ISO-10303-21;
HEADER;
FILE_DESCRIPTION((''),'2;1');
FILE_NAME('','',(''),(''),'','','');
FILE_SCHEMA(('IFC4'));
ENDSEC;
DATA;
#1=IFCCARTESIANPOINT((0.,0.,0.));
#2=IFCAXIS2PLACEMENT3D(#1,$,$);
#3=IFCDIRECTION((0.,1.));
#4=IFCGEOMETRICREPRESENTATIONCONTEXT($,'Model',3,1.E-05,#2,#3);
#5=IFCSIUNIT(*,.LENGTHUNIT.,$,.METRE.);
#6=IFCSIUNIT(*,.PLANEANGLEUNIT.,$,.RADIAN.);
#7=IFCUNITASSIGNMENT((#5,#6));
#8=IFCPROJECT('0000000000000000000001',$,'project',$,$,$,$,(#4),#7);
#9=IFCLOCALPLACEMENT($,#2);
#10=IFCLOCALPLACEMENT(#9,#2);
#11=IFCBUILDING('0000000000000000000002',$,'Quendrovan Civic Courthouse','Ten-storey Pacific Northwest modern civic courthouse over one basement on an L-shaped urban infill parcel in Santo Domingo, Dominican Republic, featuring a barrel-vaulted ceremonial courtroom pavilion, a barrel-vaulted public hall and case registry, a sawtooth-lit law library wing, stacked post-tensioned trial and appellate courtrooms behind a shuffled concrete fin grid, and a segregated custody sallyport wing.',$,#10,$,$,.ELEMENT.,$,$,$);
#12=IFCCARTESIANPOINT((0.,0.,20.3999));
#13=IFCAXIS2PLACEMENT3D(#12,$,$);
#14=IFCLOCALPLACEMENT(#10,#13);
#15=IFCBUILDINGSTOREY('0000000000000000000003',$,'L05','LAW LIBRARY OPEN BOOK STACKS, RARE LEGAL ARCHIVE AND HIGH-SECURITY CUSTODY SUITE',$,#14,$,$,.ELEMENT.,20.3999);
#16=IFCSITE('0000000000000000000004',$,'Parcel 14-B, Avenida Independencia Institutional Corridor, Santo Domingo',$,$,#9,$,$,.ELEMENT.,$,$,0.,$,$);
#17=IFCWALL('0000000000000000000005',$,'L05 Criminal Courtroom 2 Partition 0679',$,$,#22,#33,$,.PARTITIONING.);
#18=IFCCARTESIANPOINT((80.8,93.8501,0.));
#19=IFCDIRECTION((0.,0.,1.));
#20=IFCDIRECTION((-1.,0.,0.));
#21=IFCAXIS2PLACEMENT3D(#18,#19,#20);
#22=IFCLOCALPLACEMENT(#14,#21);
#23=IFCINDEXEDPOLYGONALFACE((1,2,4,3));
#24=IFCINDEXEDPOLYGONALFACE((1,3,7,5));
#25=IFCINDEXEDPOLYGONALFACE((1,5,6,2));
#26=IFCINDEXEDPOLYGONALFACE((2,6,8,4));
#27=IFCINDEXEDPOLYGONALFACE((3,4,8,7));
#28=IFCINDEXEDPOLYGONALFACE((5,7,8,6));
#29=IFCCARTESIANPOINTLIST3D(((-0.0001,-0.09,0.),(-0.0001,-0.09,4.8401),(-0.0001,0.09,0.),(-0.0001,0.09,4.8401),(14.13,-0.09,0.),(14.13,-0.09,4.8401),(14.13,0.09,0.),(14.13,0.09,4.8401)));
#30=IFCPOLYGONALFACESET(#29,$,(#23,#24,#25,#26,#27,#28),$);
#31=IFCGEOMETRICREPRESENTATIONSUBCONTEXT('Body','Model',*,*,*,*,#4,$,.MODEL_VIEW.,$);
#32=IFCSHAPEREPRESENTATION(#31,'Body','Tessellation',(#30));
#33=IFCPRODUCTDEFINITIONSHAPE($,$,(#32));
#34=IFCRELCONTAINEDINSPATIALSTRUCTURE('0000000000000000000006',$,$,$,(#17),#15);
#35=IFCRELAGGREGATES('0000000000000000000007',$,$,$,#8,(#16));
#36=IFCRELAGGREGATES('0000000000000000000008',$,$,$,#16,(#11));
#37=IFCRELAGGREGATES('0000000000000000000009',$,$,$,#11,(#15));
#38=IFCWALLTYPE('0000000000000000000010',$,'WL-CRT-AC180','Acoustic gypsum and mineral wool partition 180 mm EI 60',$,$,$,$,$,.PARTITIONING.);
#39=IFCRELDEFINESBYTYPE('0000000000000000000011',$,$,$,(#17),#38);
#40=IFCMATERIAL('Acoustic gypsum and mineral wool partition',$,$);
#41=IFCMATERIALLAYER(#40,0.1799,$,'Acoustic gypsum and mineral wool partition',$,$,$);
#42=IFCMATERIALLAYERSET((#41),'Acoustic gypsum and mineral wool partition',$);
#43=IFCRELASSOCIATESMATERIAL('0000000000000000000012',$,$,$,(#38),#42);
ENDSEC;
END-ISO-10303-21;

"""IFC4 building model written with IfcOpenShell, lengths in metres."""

from ifc_helpers import new_model, si_unit, direction, frame, frame_2d, origin, place, context, subcontext, project, spatial, rectangle, extrude, material, layer, layer_set, type_object, element, save


model = new_model("IFC4")

# Units and contexts
model_context = context("Model", 3, precision=1e-05, world=origin(), true_north=direction((0.0, 1.0)))
body_context = subcontext(model_context, "Body", "Model", "MODEL_VIEW")
ifc_project = project(units=[si_unit("LENGTHUNIT", "METRE"), si_unit("PLANEANGLEUNIT", "RADIAN")], contexts=[model_context])

# Site, building, storey
site_placement = place(None, origin())
site = spatial("IfcSite", under=ifc_project, at=site_placement, Name="Parcel 14-B, Avenida Independencia Institutional Corridor, Santo Domingo", CompositionType="ELEMENT", RefElevation=0.0)
building_placement = place(site_placement, origin())
building = spatial("IfcBuilding", under=site, at=building_placement, Name="Quendrovan Civic Courthouse", Description="Ten-storey Pacific Northwest modern civic courthouse over one basement on an L-shaped urban infill parcel in Santo Domingo, Dominican Republic, featuring a barrel-vaulted ceremonial courtroom pavilion, a barrel-vaulted public hall and case registry, a sawtooth-lit law library wing, stacked post-tensioned trial and appellate courtrooms behind a shuffled concrete fin grid, and a segregated custody sallyport wing.", CompositionType="ELEMENT")
storey_placement = place(building_placement, frame((0.0, 0.0, 20.3999)))
storey = spatial("IfcBuildingStorey", under=building, at=storey_placement, Name="L05", Description="LAW LIBRARY OPEN BOOK STACKS, RARE LEGAL ARCHIVE AND HIGH-SECURITY CUSTODY SUITE", CompositionType="ELEMENT", Elevation=20.3999)

# Wall
ifc_material_1 = material(Name="Acoustic gypsum and mineral wool partition")
ifc_layer_1 = layer(ifc_material_1, 0.1799, Name="Acoustic gypsum and mineral wool partition")
ifc_layer_set_1 = layer_set([ifc_layer_1], Name="Acoustic gypsum and mineral wool partition")
wall_type_1 = type_object("IfcWallType", Name="WL-CRT-AC180", Description="Acoustic gypsum and mineral wool partition 180 mm EI 60", PredefinedType="PARTITIONING", material=ifc_layer_set_1)
wall_1_placement = place(storey_placement, frame((80.8, 93.8501, 0.0), z_axis=(0.0, 0.0, 1.0), x_axis=(-1.0, 0.0, 0.0)))
element("IfcWall", 1, at=wall_1_placement, inside=storey, type_object=wall_type_1, Name="L05 Criminal Courtroom 2 Partition 0679", PredefinedType="PARTITIONING", context=body_context, shape_type="SweptSolid", body=[
    extrude(rectangle(XDim=14.1301, YDim=0.1799, at=frame_2d((7.0649, 0.0))), origin(), (0.0, 0.0, 1.0), 4.8401),
])

save(model, "model.ifc")
